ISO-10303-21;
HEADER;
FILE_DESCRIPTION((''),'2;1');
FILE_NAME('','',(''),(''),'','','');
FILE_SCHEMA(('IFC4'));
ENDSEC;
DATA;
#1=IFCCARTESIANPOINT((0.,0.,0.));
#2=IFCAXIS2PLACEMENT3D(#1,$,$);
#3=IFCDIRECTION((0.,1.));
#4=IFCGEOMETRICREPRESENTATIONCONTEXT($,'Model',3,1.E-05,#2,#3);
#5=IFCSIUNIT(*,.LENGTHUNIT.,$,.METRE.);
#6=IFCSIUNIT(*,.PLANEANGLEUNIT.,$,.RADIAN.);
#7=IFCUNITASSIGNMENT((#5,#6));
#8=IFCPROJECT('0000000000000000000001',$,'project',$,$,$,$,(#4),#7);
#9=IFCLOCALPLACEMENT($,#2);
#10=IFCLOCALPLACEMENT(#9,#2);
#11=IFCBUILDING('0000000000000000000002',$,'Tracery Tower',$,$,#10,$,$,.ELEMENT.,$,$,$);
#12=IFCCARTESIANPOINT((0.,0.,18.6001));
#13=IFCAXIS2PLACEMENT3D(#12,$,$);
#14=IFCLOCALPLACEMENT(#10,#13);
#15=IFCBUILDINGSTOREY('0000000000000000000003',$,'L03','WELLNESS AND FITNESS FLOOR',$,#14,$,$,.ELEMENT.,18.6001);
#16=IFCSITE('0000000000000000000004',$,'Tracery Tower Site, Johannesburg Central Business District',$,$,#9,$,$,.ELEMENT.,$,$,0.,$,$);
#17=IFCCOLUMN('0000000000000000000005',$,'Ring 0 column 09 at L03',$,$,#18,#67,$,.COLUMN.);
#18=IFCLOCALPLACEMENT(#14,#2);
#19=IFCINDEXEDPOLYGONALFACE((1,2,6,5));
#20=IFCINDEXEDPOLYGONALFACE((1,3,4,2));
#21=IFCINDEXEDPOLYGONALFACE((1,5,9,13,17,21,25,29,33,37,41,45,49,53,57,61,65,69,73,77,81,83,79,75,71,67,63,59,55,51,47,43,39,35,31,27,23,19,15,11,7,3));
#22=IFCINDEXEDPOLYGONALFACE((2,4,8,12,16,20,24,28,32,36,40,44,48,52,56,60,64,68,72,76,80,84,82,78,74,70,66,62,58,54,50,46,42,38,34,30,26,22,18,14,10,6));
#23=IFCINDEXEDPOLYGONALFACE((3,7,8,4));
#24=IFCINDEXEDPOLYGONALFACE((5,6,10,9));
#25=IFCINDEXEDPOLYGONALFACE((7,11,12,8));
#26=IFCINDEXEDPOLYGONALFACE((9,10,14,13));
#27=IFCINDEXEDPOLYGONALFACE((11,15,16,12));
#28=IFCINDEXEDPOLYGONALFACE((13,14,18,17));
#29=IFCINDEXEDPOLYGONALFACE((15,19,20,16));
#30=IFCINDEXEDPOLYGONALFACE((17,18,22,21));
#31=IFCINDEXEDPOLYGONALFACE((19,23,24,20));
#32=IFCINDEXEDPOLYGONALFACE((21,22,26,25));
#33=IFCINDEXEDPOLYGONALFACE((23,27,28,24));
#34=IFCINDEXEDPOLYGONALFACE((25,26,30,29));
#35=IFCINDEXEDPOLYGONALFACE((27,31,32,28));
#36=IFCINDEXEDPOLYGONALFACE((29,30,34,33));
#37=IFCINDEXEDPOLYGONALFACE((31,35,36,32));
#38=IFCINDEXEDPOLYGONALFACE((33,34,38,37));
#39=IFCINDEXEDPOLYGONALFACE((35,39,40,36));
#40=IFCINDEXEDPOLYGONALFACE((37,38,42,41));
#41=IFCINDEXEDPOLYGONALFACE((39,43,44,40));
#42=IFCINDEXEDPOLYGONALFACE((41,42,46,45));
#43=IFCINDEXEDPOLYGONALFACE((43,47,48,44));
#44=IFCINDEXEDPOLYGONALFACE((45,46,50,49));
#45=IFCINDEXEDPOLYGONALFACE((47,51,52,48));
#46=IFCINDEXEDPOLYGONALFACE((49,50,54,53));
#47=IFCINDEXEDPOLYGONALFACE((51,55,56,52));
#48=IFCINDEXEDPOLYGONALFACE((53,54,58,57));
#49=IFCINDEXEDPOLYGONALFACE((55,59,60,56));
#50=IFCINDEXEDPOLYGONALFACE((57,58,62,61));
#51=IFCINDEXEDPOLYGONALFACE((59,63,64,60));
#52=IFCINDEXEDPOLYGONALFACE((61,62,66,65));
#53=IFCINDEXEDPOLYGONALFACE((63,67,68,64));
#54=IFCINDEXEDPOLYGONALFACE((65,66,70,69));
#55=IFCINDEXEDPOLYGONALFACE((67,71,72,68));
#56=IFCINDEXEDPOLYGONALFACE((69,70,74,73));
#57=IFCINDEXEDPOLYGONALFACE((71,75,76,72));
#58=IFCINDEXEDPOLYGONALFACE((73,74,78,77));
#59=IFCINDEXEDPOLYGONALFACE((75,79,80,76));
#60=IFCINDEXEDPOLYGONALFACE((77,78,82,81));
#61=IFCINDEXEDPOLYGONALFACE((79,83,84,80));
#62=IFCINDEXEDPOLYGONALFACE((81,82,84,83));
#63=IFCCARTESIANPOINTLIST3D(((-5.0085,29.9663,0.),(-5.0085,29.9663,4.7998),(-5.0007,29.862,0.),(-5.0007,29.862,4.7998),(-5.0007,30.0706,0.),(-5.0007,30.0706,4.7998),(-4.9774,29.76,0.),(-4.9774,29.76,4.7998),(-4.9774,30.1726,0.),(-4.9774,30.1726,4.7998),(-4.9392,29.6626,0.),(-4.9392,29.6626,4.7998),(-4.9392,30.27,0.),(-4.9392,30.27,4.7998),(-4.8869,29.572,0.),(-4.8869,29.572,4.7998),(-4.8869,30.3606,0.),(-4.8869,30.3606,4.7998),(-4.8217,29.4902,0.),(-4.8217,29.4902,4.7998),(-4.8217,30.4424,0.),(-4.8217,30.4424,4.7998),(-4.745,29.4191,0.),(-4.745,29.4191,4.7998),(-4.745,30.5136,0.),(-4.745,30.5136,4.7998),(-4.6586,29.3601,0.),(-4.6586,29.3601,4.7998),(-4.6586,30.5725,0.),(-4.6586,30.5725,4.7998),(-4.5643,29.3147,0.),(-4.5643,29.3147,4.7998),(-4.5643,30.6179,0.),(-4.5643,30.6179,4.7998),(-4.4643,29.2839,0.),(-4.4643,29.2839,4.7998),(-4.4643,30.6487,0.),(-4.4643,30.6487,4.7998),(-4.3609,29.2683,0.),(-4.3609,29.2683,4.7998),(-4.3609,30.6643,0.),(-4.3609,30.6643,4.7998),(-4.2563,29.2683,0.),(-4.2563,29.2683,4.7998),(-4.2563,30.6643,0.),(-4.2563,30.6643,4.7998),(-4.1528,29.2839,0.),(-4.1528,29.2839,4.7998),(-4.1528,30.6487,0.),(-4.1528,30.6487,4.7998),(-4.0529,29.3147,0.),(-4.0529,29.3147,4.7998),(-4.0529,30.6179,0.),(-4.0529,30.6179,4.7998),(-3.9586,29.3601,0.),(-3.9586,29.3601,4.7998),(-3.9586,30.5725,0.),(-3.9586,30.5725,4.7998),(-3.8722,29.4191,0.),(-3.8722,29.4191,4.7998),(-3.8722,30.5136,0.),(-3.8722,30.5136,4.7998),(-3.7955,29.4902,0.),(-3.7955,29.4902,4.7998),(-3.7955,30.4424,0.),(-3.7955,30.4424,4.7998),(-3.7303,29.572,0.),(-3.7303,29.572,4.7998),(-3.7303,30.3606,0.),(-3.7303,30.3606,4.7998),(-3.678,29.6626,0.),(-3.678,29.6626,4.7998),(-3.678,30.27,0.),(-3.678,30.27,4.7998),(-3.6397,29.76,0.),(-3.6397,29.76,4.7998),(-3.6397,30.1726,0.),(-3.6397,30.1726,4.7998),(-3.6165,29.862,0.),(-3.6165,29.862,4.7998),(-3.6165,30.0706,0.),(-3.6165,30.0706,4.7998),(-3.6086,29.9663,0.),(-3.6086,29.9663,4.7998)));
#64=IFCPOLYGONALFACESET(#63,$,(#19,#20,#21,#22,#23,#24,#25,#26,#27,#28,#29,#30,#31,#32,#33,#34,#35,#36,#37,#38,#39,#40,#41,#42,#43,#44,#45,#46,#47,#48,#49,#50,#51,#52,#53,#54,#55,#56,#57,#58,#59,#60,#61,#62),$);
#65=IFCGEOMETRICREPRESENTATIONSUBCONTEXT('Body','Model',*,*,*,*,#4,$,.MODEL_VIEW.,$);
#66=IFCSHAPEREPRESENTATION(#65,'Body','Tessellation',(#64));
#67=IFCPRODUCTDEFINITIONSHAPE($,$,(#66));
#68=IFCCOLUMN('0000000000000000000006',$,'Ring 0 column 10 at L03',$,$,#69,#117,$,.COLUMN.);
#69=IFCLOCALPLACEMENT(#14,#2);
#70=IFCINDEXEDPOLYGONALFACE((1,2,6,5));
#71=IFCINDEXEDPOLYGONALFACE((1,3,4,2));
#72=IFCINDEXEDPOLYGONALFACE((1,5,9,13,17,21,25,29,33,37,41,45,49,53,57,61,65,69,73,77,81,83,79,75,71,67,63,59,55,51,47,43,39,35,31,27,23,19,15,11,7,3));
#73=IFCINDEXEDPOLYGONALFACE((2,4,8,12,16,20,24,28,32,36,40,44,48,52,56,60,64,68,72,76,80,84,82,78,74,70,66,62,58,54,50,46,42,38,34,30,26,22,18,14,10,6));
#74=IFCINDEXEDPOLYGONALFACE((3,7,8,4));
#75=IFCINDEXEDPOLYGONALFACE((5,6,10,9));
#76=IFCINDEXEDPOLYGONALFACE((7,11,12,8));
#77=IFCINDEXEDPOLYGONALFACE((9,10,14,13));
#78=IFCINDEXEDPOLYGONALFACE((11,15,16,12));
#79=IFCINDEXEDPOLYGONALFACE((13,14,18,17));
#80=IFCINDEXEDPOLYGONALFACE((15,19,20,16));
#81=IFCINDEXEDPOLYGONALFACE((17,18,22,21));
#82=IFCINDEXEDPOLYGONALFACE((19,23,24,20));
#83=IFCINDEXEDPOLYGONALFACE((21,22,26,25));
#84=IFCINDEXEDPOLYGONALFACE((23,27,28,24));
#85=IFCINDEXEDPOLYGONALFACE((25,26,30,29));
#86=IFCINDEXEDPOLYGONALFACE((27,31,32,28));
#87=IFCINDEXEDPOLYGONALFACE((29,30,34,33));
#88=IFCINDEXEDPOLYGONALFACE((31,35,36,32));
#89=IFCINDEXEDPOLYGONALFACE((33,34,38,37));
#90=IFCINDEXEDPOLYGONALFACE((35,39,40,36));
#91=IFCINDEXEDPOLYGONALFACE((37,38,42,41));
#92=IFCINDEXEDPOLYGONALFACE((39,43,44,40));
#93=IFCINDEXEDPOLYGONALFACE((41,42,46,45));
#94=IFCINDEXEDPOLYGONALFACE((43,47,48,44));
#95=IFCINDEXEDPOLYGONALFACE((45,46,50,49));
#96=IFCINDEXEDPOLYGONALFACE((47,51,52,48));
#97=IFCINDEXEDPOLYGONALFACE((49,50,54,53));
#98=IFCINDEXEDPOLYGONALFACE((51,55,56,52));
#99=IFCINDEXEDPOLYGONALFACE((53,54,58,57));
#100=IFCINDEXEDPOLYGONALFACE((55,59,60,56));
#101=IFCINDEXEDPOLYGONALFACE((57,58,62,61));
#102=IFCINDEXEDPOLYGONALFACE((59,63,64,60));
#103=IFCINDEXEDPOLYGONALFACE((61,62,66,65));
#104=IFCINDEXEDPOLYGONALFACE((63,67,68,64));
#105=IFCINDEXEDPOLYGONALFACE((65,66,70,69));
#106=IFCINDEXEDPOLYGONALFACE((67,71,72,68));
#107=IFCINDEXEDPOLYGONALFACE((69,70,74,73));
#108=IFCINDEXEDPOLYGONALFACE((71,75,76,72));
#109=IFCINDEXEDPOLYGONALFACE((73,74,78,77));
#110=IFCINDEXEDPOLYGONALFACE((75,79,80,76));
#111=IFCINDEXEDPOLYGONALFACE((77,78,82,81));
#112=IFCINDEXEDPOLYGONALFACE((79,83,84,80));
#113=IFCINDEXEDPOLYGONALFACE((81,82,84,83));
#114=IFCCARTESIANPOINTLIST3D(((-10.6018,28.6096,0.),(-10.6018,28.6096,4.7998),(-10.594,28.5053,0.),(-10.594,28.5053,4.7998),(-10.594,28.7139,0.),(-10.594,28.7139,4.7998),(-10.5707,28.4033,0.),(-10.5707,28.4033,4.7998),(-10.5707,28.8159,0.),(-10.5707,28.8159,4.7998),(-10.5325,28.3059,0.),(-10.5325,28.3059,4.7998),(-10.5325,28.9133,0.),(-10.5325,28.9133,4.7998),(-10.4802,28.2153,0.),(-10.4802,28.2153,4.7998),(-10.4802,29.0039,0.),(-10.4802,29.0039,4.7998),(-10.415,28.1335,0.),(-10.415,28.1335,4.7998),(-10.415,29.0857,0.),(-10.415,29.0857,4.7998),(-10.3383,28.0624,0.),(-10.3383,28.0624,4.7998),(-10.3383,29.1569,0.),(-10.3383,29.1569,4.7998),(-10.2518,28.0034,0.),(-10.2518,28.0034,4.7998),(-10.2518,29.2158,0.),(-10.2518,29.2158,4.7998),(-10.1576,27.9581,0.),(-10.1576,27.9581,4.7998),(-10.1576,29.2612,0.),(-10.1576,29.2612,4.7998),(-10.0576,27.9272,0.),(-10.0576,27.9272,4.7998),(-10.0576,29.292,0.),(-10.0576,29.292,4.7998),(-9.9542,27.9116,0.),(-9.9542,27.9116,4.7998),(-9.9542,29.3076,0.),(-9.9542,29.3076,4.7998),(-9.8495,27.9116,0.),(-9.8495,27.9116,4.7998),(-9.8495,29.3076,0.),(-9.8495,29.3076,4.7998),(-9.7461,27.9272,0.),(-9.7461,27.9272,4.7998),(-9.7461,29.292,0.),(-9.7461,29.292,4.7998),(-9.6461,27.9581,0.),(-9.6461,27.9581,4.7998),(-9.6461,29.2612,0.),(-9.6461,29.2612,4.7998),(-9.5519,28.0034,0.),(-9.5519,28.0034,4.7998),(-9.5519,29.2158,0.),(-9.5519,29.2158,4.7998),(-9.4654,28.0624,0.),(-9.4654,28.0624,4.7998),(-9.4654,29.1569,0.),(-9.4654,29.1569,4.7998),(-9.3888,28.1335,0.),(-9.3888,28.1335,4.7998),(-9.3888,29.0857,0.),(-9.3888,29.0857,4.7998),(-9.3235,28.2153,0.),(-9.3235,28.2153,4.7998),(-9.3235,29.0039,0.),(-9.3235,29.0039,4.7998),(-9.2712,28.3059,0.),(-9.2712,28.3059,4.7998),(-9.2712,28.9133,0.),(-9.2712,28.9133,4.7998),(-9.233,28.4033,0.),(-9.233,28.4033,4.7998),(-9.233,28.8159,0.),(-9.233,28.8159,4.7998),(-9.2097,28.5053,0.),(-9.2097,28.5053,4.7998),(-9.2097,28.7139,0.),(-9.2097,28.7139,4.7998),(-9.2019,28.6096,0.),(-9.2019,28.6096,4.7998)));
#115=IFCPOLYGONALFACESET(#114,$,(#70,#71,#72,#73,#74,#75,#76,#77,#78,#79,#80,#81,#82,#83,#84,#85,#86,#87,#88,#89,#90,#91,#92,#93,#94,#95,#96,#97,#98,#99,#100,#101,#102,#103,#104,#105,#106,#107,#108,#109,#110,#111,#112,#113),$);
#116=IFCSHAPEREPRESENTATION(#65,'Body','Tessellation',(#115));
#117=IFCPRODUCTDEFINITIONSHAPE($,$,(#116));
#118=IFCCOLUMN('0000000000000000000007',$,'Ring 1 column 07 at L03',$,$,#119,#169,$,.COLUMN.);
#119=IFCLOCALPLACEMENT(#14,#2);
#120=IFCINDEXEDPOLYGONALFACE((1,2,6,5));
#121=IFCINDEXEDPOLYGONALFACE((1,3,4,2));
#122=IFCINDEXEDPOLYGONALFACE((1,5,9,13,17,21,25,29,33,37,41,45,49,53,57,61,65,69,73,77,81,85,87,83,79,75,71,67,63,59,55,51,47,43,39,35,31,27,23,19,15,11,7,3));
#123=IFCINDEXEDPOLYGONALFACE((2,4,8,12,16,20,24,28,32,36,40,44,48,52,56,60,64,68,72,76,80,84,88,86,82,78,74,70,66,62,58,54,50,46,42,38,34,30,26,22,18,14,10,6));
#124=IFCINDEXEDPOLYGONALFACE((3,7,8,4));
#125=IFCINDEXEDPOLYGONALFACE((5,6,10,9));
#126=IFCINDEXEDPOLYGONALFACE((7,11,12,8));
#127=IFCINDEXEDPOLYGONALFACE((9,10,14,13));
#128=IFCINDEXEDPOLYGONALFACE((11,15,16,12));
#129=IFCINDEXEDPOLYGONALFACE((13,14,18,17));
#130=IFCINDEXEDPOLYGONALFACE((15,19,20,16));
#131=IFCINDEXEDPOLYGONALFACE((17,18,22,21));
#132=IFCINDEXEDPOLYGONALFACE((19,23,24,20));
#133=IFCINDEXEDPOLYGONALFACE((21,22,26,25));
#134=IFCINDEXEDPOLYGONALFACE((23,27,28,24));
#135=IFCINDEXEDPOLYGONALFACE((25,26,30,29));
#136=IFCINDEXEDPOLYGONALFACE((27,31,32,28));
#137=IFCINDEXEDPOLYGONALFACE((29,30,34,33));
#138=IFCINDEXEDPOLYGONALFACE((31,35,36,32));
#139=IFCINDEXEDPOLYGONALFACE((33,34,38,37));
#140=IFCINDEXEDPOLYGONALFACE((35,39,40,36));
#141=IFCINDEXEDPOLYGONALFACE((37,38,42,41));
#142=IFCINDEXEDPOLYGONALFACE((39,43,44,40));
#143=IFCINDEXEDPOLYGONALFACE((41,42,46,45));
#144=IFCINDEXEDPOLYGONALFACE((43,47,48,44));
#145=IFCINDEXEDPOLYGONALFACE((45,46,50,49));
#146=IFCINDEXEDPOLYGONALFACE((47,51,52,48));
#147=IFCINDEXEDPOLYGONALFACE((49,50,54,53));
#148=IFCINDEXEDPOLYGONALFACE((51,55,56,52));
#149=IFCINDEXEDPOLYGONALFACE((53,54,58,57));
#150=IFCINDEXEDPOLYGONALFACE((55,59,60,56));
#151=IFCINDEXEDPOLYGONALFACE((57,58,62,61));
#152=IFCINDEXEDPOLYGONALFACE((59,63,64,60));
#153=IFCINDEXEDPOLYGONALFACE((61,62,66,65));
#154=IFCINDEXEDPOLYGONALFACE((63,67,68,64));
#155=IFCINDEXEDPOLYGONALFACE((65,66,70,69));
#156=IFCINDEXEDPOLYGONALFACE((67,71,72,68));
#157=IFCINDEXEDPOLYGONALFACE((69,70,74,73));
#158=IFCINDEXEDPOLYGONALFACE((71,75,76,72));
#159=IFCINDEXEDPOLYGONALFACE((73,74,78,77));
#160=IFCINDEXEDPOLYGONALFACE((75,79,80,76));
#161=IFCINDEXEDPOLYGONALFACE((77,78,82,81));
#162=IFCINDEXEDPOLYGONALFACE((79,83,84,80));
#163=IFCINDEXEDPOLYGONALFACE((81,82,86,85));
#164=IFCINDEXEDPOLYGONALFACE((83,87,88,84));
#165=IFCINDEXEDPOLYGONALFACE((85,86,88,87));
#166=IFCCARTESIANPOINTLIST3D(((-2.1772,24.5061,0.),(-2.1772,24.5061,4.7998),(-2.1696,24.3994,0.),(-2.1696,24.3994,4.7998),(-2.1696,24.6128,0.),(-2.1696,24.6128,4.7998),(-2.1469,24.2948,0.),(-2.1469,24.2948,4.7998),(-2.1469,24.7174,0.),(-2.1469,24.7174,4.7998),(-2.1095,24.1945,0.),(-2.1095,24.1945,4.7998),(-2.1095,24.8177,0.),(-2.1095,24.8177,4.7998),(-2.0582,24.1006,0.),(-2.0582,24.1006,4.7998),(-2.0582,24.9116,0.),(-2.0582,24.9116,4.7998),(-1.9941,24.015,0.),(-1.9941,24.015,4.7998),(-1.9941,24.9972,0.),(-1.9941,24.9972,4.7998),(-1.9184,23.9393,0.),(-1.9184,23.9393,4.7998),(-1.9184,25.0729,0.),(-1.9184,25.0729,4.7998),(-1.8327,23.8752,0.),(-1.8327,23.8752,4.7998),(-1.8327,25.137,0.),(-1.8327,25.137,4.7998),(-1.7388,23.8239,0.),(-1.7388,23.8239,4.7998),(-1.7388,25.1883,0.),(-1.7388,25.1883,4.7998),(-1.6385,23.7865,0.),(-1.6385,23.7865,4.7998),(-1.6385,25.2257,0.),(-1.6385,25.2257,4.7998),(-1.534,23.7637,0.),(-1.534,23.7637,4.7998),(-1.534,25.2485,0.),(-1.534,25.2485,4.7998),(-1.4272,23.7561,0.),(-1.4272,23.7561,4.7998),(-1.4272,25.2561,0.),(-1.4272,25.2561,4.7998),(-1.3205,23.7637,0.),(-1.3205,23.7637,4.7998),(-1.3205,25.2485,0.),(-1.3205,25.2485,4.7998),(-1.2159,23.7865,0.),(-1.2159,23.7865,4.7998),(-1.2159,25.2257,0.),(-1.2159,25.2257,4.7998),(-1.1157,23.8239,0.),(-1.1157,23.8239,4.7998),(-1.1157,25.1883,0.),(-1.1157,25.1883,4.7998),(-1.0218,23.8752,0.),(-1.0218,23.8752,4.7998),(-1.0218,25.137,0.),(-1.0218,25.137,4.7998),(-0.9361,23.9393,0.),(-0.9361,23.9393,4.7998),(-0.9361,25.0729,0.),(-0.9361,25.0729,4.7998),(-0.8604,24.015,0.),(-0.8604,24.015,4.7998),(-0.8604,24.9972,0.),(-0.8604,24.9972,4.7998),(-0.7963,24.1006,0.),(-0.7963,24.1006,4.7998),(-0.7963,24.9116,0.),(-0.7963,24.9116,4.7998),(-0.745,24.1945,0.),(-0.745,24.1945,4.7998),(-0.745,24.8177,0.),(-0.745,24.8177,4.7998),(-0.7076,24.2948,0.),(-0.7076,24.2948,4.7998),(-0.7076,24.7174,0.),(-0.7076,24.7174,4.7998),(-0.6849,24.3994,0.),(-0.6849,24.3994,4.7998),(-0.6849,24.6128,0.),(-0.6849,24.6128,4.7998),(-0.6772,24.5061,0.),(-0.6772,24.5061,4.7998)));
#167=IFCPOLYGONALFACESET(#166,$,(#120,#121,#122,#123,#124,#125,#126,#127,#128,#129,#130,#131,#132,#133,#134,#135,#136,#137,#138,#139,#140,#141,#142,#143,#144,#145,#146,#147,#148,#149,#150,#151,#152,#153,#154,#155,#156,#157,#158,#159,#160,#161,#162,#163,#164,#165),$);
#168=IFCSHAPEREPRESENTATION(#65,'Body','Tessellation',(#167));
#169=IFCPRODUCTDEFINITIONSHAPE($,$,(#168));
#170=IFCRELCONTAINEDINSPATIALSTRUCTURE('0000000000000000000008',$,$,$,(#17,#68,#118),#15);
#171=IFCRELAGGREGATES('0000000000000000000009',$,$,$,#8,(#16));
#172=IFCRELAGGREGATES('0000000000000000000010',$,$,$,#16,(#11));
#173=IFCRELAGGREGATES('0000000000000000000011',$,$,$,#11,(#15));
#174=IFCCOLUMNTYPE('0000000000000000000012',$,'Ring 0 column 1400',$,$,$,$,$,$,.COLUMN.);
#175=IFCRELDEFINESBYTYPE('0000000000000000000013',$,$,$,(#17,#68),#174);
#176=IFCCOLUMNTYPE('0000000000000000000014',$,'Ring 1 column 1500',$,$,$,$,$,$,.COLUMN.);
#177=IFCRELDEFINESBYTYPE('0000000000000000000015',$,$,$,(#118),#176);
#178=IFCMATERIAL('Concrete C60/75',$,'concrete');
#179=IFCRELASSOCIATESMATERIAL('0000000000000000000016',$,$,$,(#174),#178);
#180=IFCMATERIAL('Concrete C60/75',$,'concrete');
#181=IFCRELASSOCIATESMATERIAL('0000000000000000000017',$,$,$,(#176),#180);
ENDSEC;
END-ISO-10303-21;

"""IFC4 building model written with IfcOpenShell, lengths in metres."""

from ifc_helpers import new_model, si_unit, direction, frame, origin, origin_2d, place, context, subcontext, project, spatial, circle, extrude, material, material_profile, profile_set, type_object, element, save


model = new_model("IFC4")

# Units and contexts
model_context = context("Model", 3, precision=1e-05, world=origin(), true_north=direction((0.0, 1.0)))
body_context = subcontext(model_context, "Body", "Model", "MODEL_VIEW")
ifc_project = project(units=[si_unit("LENGTHUNIT", "METRE"), si_unit("PLANEANGLEUNIT", "RADIAN")], contexts=[model_context])

# Site, building, storey
site_placement = place(None, origin())
site = spatial("IfcSite", under=ifc_project, at=site_placement, Name="Tracery Tower Site, Johannesburg Central Business District", CompositionType="ELEMENT", RefElevation=0.0)
building_placement = place(site_placement, origin())
building = spatial("IfcBuilding", under=site, at=building_placement, Name="Tracery Tower", CompositionType="ELEMENT")
storey_placement = place(building_placement, frame((0.0, 0.0, 18.6001)))
storey = spatial("IfcBuildingStorey", under=building, at=storey_placement, Name="L03", Description="WELLNESS AND FITNESS FLOOR", CompositionType="ELEMENT", Elevation=18.6001)

# Columns
ifc_material_1 = material(Name="Concrete C60/75", Category="concrete")
ifc_material_profile_1 = material_profile(ifc_material_1, circle(Radius=0.7, at=origin_2d()), Name="RC D1400")
ifc_profile_set_1 = profile_set([ifc_material_profile_1], Name="Concrete C60/75")
column_type_1 = type_object("IfcColumnType", Name="Ring 0 column 1400", PredefinedType="COLUMN", material=ifc_profile_set_1)
for number, where, z_axis, x_axis, name in (
    (1, (-4.3086, 29.9663, 0.0), (0.0, 0.0, 1.0), (1.0, 0.0, 0.0), "Ring 0 column 09 at L03"),
    (2, (-9.9019, 28.6096, 0.0), (0.0, 0.0, 1.0), (1.0, 0.0, 0.0), "Ring 0 column 10 at L03"),
):
    element("IfcColumn", number, at=place(storey_placement, frame(where, z_axis=z_axis, x_axis=x_axis)), inside=storey, type_object=column_type_1, Name=name, PredefinedType="COLUMN", context=body_context, shape_type="SweptSolid", body=[
        extrude(circle(Radius=0.7, at=origin_2d()), origin(), (0.0, 0.0, 1.0), 4.7998),
    ])
ifc_material_2 = material(Name="Concrete C60/75", Category="concrete")
ifc_material_profile_2 = material_profile(ifc_material_2, circle(Radius=0.75, at=origin_2d()), Name="RC D1500")
ifc_profile_set_2 = profile_set([ifc_material_profile_2], Name="Concrete C60/75")
column_type_2 = type_object("IfcColumnType", Name="Ring 1 column 1500", PredefinedType="COLUMN", material=ifc_profile_set_2)
for number, where, z_axis, x_axis, name in (
    (3, (-1.4272, 24.5061, 0.0), (0.0, 0.0, 1.0), (1.0, 0.0, 0.0), "Ring 1 column 07 at L03"),
):
    element("IfcColumn", number, at=place(storey_placement, frame(where, z_axis=z_axis, x_axis=x_axis)), inside=storey, type_object=column_type_2, Name=name, PredefinedType="COLUMN", context=body_context, shape_type="SweptSolid", body=[
        extrude(circle(Radius=0.75, at=origin_2d()), origin(), (0.0, 0.0, 1.0), 4.7998),
    ])

save(model, "model.ifc")
